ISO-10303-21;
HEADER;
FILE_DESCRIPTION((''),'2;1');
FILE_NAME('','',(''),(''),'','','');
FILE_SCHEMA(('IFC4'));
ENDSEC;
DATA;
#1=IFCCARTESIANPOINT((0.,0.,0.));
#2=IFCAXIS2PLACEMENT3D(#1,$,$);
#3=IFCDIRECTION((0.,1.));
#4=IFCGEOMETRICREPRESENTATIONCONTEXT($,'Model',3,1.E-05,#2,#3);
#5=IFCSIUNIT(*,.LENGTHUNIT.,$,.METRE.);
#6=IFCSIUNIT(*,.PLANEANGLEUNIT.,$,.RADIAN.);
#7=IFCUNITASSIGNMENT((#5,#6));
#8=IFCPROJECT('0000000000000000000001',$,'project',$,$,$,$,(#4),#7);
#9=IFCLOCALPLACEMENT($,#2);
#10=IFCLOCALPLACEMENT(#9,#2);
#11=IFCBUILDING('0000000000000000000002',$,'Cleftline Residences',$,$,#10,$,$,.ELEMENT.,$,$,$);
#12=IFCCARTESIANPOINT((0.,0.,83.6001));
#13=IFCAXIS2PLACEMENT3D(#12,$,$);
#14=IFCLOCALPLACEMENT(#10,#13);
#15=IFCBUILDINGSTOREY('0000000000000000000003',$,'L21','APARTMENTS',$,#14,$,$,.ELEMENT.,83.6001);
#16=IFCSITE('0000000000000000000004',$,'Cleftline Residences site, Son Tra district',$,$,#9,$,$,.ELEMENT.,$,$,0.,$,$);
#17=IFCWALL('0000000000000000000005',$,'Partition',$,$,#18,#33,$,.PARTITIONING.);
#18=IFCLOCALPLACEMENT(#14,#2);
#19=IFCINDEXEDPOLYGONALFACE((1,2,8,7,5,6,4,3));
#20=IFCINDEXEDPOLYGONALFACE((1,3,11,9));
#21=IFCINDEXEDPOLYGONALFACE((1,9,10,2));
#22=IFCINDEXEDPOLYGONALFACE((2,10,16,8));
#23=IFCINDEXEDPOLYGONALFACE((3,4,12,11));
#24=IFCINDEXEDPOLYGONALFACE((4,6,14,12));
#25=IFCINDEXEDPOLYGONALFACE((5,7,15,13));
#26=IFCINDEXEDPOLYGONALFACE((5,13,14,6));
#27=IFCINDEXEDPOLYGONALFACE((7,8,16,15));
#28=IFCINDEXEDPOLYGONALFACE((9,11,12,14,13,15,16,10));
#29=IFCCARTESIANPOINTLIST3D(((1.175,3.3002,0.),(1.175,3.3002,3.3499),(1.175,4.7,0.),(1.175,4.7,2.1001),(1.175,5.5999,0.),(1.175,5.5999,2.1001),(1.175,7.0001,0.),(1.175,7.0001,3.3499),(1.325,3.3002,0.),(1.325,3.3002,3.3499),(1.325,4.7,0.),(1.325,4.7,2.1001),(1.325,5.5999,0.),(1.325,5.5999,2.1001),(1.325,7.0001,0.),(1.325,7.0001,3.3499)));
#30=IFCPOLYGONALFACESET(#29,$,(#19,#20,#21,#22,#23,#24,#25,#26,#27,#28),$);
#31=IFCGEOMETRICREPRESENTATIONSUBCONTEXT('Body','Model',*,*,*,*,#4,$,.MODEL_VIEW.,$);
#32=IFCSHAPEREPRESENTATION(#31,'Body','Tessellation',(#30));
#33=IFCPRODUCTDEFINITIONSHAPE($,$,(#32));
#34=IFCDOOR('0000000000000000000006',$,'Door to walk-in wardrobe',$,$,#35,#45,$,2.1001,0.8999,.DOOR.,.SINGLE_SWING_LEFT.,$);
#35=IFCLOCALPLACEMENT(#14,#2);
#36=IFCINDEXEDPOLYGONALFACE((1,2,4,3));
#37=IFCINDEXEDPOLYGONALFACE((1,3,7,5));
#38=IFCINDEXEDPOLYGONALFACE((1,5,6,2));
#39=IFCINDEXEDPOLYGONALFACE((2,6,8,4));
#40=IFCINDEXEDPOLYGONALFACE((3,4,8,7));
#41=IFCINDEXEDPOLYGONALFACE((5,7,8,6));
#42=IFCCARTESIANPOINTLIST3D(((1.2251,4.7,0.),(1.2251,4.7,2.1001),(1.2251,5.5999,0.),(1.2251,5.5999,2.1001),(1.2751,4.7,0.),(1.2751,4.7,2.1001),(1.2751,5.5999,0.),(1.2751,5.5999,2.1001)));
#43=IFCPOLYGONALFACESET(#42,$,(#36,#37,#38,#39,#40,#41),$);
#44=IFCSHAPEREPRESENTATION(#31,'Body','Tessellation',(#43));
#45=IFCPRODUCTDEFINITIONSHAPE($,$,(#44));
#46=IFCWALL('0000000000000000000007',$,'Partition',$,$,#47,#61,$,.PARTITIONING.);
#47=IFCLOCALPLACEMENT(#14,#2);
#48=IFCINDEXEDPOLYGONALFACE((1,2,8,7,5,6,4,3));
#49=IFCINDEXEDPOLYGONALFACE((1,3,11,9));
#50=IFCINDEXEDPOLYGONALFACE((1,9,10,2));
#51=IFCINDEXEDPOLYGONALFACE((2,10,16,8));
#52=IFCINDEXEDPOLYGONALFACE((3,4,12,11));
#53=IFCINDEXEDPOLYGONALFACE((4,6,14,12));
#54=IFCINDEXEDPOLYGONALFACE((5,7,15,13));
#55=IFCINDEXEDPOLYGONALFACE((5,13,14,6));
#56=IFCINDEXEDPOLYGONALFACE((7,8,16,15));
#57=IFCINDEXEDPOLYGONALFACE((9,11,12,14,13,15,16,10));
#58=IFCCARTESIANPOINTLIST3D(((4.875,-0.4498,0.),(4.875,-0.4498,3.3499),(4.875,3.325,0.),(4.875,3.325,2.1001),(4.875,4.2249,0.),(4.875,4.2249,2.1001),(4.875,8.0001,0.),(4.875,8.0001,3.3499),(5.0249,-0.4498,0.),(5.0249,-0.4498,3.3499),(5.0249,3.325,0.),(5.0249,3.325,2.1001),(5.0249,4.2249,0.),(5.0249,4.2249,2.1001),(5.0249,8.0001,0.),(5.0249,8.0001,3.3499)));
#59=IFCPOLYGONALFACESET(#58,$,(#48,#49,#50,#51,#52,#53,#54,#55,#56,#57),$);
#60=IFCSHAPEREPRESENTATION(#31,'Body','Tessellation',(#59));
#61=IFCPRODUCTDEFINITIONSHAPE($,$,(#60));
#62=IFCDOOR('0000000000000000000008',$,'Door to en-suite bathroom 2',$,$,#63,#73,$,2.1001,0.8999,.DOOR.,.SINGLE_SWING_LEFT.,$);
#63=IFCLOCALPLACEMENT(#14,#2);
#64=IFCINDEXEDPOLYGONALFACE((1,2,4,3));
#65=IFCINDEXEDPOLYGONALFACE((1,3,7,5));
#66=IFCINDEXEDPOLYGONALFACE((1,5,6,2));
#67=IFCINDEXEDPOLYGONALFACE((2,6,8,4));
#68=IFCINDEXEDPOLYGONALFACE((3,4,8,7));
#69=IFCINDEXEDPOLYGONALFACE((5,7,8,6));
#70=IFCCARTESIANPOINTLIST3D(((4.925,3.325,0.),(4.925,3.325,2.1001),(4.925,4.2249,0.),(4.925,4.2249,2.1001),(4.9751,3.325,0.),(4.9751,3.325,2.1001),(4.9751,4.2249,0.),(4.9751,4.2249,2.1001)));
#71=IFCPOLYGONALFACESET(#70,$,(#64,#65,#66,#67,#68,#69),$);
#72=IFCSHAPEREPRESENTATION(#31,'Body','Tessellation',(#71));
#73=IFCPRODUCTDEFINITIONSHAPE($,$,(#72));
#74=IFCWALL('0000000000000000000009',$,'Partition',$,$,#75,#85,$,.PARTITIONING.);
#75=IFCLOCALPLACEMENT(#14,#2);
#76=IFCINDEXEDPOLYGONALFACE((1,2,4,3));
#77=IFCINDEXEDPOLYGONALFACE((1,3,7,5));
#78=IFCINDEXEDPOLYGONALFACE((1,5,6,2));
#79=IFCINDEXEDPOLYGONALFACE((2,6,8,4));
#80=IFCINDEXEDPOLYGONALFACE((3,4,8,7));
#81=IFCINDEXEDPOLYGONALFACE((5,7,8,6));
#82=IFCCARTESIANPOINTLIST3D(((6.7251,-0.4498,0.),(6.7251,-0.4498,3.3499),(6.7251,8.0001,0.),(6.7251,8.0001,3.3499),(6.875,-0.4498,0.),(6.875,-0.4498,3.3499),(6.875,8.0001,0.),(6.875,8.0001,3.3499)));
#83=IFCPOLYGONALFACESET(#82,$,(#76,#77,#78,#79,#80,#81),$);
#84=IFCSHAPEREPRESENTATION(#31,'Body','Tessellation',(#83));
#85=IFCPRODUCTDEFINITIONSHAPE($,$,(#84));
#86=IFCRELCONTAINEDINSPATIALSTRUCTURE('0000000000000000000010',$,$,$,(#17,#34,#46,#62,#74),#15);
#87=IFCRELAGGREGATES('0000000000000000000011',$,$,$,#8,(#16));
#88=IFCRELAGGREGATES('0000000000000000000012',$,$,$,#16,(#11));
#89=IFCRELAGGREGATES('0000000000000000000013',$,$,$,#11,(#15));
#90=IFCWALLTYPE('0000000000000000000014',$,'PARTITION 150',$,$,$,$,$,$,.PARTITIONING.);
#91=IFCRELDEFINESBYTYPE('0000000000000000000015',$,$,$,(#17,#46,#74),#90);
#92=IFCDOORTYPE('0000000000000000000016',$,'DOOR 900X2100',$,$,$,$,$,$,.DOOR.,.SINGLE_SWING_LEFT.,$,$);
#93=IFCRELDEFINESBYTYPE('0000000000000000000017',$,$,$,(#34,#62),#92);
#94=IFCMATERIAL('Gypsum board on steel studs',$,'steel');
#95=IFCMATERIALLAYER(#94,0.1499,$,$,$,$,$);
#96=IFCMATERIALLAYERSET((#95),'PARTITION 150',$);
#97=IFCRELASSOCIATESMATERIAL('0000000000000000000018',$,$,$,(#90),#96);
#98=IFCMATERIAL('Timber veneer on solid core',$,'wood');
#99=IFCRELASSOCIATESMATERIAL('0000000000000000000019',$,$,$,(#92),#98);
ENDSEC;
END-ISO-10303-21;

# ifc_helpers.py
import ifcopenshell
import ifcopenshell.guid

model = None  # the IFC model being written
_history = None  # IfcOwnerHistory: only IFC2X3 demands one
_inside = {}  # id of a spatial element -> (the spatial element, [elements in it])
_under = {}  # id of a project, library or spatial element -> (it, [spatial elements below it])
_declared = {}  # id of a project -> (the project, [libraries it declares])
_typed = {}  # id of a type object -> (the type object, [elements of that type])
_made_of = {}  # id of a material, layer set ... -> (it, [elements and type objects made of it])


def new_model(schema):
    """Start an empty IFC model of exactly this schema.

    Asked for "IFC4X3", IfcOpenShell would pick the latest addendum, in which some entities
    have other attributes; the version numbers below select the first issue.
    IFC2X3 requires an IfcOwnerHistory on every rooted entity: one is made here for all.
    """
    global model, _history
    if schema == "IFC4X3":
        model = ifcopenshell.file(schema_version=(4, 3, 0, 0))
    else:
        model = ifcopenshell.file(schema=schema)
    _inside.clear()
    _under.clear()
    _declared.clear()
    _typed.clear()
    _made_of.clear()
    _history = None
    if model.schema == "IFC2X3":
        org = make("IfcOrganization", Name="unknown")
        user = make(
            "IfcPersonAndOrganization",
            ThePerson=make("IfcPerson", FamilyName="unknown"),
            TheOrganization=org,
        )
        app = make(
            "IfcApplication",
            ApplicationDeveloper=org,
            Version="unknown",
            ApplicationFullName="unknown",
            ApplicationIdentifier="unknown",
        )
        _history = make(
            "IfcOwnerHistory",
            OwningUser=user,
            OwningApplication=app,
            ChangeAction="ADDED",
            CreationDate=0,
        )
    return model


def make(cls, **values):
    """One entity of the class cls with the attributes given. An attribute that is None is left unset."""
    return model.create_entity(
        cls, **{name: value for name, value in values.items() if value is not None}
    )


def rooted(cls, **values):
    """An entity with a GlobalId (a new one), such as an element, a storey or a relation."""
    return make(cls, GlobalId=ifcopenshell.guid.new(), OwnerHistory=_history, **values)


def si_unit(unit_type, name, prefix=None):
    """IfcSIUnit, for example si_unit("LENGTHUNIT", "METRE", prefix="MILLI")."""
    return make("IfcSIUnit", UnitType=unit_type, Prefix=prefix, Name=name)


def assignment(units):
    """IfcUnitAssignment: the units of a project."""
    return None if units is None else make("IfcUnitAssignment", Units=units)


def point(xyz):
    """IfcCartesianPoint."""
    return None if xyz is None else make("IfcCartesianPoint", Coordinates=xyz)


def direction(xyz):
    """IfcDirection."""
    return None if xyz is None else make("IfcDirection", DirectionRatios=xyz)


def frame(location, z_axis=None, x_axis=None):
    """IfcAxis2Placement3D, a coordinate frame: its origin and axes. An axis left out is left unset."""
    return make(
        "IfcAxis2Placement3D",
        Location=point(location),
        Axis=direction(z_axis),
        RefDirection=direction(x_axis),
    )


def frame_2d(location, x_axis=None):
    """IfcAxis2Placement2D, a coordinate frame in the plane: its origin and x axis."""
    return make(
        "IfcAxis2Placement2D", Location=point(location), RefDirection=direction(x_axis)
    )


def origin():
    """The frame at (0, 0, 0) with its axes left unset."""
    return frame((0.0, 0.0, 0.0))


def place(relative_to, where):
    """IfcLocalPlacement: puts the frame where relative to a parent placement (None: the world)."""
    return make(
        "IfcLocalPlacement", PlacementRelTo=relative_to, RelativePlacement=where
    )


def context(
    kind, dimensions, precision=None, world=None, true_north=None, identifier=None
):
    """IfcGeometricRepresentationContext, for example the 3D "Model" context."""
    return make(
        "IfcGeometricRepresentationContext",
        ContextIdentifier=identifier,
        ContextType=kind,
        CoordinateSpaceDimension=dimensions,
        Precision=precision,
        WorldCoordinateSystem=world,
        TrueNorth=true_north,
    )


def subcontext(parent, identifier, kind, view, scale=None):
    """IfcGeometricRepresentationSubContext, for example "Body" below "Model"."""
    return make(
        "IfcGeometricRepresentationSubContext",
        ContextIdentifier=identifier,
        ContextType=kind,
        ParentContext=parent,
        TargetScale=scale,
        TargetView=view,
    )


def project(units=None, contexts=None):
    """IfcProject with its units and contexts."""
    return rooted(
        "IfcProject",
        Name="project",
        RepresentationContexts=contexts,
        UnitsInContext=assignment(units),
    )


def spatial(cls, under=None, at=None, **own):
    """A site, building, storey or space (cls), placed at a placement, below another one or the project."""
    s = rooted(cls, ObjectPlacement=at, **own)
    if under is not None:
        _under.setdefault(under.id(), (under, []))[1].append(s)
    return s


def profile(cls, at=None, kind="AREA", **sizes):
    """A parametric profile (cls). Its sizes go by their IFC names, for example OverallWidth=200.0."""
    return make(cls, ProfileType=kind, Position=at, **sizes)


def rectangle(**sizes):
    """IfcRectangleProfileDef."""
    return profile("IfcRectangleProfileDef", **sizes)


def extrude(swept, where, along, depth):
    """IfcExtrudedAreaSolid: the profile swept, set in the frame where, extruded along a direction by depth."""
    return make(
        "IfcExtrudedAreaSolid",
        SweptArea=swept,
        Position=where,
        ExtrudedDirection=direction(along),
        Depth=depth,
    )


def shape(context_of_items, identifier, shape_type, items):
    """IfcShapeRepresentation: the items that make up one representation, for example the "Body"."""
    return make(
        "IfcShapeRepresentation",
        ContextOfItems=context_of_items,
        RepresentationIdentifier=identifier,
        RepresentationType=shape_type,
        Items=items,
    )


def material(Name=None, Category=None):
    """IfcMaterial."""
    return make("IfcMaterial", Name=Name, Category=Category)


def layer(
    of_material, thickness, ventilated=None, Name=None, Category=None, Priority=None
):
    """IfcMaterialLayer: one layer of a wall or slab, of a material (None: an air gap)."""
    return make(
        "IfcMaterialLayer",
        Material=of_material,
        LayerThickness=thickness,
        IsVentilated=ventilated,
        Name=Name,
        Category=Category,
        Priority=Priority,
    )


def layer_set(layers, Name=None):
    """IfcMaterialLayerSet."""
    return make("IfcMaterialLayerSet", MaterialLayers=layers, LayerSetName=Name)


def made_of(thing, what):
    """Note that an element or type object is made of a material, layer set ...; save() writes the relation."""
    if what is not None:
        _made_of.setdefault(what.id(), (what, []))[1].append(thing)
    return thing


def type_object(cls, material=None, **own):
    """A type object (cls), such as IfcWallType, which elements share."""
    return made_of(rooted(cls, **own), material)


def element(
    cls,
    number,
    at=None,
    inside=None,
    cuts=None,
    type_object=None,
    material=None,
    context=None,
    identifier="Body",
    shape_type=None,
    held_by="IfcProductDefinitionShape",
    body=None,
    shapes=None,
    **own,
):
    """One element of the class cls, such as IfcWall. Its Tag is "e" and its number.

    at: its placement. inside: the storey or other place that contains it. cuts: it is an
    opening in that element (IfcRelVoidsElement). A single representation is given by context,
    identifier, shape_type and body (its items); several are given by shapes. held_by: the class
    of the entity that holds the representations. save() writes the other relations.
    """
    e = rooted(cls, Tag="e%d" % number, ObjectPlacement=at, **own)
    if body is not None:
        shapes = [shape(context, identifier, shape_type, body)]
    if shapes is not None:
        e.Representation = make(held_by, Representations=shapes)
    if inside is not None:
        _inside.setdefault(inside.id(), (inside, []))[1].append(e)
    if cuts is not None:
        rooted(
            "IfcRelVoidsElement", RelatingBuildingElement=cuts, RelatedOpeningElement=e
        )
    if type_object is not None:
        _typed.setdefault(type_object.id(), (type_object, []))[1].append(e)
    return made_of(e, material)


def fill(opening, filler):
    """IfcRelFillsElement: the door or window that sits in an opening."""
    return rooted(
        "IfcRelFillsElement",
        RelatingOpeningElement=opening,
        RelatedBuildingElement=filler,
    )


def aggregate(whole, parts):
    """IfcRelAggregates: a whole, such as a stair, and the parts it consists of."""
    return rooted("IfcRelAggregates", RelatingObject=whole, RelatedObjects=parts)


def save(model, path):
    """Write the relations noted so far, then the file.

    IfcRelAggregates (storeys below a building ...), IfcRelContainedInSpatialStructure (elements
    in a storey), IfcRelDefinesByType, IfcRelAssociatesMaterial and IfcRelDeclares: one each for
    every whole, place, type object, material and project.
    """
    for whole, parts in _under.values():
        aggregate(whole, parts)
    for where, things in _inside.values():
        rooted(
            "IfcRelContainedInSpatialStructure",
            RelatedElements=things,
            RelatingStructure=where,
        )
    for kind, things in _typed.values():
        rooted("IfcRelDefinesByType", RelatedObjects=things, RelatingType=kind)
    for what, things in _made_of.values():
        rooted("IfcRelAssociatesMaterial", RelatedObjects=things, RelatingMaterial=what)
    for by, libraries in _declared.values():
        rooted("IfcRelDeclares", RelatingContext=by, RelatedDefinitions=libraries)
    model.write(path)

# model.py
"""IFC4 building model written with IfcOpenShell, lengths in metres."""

from ifc_helpers import new_model, si_unit, direction, frame, frame_2d, origin, place, context, subcontext, project, spatial, rectangle, extrude, material, layer, layer_set, type_object, element, fill, save


model = new_model("IFC4")

# Units and contexts
model_context = context("Model", 3, precision=1e-05, world=origin(), true_north=direction((0.0, 1.0)))
body_context = subcontext(model_context, "Body", "Model", "MODEL_VIEW")
ifc_project = project(units=[si_unit("LENGTHUNIT", "METRE"), si_unit("PLANEANGLEUNIT", "RADIAN")], contexts=[model_context])

# Site, building, storey
site_placement = place(None, origin())
site = spatial("IfcSite", under=ifc_project, at=site_placement, Name="Cleftline Residences site, Son Tra district", CompositionType="ELEMENT", RefElevation=0.0)
building_placement = place(site_placement, origin())
building = spatial("IfcBuilding", under=site, at=building_placement, Name="Cleftline Residences", CompositionType="ELEMENT")
storey_placement = place(building_placement, frame((0.0, 0.0, 83.6001)))
storey = spatial("IfcBuildingStorey", under=building, at=storey_placement, Name="L21", Description="APARTMENTS", CompositionType="ELEMENT", Elevation=83.6001)

# Walls, openings, doors
ifc_material_1 = material(Name="Gypsum board on steel studs", Category="steel")
ifc_layer_1 = layer(ifc_material_1, 0.1499)
ifc_layer_set_1 = layer_set([ifc_layer_1], Name="PARTITION 150")
wall_type_1 = type_object("IfcWallType", Name="PARTITION 150", PredefinedType="PARTITIONING", material=ifc_layer_set_1)
wall_1_placement = place(storey_placement, frame((1.25, 3.3, 0.0), z_axis=(0.0, 0.0, 1.0), x_axis=(0.0, 1.0, 0.0)))
wall_1 = element("IfcWall", 1, at=wall_1_placement, inside=storey, type_object=wall_type_1, Name="Partition", PredefinedType="PARTITIONING", context=body_context, shape_type="SweptSolid", body=[
    extrude(rectangle(XDim=3.7, YDim=0.1499, at=frame_2d((1.8501, 0.0))), origin(), (0.0, 0.0, 1.0), 3.3499),
])
opening_1_placement = place(wall_1_placement, frame((1.3999, 0.0, 0.0)))
opening_1 = element("IfcOpeningElement", 2, at=opening_1_placement, cuts=wall_1, PredefinedType="OPENING", context=body_context, shape_type="SweptSolid", body=[
    extrude(rectangle(XDim=0.8999, YDim=2.1001, at=frame_2d((0.45, 1.05))), frame((0.0, 0.085, 0.0), z_axis=(0.0, -1.0, 0.0), x_axis=(1.0, 0.0, 0.0)), (0.0, 0.0, 1.0), 0.1699),
])
ifc_material_2 = material(Name="Timber veneer on solid core", Category="wood")
door_type_1 = type_object("IfcDoorType", Name="DOOR 900X2100", OperationType="SINGLE_SWING_LEFT", PredefinedType="DOOR", material=ifc_material_2)
door_1_placement = place(opening_1_placement, origin())
door_1 = element("IfcDoor", 3, at=door_1_placement, inside=storey, type_object=door_type_1, Name="Door to walk-in wardrobe", OperationType="SINGLE_SWING_LEFT", OverallHeight=2.1001, OverallWidth=0.8999, PredefinedType="DOOR", context=body_context, shape_type="SweptSolid", body=[
    extrude(rectangle(XDim=0.8999, YDim=2.1001, at=frame_2d((0.45, 1.05))), frame((0.0, 0.0249, 0.0), z_axis=(0.0, -1.0, 0.0), x_axis=(1.0, 0.0, 0.0)), (0.0, 0.0, 1.0), 0.05),
])
fill(opening_1, door_1)
wall_2_placement = place(storey_placement, frame((4.95, -0.45, 0.0), z_axis=(0.0, 0.0, 1.0), x_axis=(0.0, 1.0, 0.0)))
wall_2 = element("IfcWall", 4, at=wall_2_placement, inside=storey, type_object=wall_type_1, Name="Partition", PredefinedType="PARTITIONING", context=body_context, shape_type="SweptSolid", body=[
    extrude(rectangle(XDim=8.45, YDim=0.1499, at=frame_2d((4.2251, 0.0))), origin(), (0.0, 0.0, 1.0), 3.3499),
])
opening_2_placement = place(wall_2_placement, frame((3.7749, 0.0, 0.0)))
opening_2 = element("IfcOpeningElement", 5, at=opening_2_placement, cuts=wall_2, PredefinedType="OPENING", context=body_context, shape_type="SweptSolid", body=[
    extrude(rectangle(XDim=0.8999, YDim=2.1001, at=frame_2d((0.45, 1.05))), frame((0.0, 0.085, 0.0), z_axis=(0.0, -1.0, 0.0), x_axis=(1.0, 0.0, 0.0)), (0.0, 0.0, 1.0), 0.1699),
])
door_2_placement = place(opening_2_placement, origin())
door_2 = element("IfcDoor", 6, at=door_2_placement, inside=storey, type_object=door_type_1, Name="Door to en-suite bathroom 2", OperationType="SINGLE_SWING_LEFT", OverallHeight=2.1001, OverallWidth=0.8999, PredefinedType="DOOR", context=body_context, shape_type="SweptSolid", body=[
    extrude(rectangle(XDim=0.8999, YDim=2.1001, at=frame_2d((0.45, 1.05))), frame((0.0, 0.0249, 0.0), z_axis=(0.0, -1.0, 0.0), x_axis=(1.0, 0.0, 0.0)), (0.0, 0.0, 1.0), 0.05),
])
fill(opening_2, door_2)

# Wall
wall_3_placement = place(storey_placement, frame((6.8, -0.45, 0.0), z_axis=(0.0, 0.0, 1.0), x_axis=(0.0, 1.0, 0.0)))
element("IfcWall", 7, at=wall_3_placement, inside=storey, type_object=wall_type_1, Name="Partition", PredefinedType="PARTITIONING", context=body_context, shape_type="SweptSolid", body=[
    extrude(rectangle(XDim=8.45, YDim=0.1499, at=frame_2d((4.2251, 0.0))), origin(), (0.0, 0.0, 1.0), 3.3499),
])

save(model, "model.ifc")
